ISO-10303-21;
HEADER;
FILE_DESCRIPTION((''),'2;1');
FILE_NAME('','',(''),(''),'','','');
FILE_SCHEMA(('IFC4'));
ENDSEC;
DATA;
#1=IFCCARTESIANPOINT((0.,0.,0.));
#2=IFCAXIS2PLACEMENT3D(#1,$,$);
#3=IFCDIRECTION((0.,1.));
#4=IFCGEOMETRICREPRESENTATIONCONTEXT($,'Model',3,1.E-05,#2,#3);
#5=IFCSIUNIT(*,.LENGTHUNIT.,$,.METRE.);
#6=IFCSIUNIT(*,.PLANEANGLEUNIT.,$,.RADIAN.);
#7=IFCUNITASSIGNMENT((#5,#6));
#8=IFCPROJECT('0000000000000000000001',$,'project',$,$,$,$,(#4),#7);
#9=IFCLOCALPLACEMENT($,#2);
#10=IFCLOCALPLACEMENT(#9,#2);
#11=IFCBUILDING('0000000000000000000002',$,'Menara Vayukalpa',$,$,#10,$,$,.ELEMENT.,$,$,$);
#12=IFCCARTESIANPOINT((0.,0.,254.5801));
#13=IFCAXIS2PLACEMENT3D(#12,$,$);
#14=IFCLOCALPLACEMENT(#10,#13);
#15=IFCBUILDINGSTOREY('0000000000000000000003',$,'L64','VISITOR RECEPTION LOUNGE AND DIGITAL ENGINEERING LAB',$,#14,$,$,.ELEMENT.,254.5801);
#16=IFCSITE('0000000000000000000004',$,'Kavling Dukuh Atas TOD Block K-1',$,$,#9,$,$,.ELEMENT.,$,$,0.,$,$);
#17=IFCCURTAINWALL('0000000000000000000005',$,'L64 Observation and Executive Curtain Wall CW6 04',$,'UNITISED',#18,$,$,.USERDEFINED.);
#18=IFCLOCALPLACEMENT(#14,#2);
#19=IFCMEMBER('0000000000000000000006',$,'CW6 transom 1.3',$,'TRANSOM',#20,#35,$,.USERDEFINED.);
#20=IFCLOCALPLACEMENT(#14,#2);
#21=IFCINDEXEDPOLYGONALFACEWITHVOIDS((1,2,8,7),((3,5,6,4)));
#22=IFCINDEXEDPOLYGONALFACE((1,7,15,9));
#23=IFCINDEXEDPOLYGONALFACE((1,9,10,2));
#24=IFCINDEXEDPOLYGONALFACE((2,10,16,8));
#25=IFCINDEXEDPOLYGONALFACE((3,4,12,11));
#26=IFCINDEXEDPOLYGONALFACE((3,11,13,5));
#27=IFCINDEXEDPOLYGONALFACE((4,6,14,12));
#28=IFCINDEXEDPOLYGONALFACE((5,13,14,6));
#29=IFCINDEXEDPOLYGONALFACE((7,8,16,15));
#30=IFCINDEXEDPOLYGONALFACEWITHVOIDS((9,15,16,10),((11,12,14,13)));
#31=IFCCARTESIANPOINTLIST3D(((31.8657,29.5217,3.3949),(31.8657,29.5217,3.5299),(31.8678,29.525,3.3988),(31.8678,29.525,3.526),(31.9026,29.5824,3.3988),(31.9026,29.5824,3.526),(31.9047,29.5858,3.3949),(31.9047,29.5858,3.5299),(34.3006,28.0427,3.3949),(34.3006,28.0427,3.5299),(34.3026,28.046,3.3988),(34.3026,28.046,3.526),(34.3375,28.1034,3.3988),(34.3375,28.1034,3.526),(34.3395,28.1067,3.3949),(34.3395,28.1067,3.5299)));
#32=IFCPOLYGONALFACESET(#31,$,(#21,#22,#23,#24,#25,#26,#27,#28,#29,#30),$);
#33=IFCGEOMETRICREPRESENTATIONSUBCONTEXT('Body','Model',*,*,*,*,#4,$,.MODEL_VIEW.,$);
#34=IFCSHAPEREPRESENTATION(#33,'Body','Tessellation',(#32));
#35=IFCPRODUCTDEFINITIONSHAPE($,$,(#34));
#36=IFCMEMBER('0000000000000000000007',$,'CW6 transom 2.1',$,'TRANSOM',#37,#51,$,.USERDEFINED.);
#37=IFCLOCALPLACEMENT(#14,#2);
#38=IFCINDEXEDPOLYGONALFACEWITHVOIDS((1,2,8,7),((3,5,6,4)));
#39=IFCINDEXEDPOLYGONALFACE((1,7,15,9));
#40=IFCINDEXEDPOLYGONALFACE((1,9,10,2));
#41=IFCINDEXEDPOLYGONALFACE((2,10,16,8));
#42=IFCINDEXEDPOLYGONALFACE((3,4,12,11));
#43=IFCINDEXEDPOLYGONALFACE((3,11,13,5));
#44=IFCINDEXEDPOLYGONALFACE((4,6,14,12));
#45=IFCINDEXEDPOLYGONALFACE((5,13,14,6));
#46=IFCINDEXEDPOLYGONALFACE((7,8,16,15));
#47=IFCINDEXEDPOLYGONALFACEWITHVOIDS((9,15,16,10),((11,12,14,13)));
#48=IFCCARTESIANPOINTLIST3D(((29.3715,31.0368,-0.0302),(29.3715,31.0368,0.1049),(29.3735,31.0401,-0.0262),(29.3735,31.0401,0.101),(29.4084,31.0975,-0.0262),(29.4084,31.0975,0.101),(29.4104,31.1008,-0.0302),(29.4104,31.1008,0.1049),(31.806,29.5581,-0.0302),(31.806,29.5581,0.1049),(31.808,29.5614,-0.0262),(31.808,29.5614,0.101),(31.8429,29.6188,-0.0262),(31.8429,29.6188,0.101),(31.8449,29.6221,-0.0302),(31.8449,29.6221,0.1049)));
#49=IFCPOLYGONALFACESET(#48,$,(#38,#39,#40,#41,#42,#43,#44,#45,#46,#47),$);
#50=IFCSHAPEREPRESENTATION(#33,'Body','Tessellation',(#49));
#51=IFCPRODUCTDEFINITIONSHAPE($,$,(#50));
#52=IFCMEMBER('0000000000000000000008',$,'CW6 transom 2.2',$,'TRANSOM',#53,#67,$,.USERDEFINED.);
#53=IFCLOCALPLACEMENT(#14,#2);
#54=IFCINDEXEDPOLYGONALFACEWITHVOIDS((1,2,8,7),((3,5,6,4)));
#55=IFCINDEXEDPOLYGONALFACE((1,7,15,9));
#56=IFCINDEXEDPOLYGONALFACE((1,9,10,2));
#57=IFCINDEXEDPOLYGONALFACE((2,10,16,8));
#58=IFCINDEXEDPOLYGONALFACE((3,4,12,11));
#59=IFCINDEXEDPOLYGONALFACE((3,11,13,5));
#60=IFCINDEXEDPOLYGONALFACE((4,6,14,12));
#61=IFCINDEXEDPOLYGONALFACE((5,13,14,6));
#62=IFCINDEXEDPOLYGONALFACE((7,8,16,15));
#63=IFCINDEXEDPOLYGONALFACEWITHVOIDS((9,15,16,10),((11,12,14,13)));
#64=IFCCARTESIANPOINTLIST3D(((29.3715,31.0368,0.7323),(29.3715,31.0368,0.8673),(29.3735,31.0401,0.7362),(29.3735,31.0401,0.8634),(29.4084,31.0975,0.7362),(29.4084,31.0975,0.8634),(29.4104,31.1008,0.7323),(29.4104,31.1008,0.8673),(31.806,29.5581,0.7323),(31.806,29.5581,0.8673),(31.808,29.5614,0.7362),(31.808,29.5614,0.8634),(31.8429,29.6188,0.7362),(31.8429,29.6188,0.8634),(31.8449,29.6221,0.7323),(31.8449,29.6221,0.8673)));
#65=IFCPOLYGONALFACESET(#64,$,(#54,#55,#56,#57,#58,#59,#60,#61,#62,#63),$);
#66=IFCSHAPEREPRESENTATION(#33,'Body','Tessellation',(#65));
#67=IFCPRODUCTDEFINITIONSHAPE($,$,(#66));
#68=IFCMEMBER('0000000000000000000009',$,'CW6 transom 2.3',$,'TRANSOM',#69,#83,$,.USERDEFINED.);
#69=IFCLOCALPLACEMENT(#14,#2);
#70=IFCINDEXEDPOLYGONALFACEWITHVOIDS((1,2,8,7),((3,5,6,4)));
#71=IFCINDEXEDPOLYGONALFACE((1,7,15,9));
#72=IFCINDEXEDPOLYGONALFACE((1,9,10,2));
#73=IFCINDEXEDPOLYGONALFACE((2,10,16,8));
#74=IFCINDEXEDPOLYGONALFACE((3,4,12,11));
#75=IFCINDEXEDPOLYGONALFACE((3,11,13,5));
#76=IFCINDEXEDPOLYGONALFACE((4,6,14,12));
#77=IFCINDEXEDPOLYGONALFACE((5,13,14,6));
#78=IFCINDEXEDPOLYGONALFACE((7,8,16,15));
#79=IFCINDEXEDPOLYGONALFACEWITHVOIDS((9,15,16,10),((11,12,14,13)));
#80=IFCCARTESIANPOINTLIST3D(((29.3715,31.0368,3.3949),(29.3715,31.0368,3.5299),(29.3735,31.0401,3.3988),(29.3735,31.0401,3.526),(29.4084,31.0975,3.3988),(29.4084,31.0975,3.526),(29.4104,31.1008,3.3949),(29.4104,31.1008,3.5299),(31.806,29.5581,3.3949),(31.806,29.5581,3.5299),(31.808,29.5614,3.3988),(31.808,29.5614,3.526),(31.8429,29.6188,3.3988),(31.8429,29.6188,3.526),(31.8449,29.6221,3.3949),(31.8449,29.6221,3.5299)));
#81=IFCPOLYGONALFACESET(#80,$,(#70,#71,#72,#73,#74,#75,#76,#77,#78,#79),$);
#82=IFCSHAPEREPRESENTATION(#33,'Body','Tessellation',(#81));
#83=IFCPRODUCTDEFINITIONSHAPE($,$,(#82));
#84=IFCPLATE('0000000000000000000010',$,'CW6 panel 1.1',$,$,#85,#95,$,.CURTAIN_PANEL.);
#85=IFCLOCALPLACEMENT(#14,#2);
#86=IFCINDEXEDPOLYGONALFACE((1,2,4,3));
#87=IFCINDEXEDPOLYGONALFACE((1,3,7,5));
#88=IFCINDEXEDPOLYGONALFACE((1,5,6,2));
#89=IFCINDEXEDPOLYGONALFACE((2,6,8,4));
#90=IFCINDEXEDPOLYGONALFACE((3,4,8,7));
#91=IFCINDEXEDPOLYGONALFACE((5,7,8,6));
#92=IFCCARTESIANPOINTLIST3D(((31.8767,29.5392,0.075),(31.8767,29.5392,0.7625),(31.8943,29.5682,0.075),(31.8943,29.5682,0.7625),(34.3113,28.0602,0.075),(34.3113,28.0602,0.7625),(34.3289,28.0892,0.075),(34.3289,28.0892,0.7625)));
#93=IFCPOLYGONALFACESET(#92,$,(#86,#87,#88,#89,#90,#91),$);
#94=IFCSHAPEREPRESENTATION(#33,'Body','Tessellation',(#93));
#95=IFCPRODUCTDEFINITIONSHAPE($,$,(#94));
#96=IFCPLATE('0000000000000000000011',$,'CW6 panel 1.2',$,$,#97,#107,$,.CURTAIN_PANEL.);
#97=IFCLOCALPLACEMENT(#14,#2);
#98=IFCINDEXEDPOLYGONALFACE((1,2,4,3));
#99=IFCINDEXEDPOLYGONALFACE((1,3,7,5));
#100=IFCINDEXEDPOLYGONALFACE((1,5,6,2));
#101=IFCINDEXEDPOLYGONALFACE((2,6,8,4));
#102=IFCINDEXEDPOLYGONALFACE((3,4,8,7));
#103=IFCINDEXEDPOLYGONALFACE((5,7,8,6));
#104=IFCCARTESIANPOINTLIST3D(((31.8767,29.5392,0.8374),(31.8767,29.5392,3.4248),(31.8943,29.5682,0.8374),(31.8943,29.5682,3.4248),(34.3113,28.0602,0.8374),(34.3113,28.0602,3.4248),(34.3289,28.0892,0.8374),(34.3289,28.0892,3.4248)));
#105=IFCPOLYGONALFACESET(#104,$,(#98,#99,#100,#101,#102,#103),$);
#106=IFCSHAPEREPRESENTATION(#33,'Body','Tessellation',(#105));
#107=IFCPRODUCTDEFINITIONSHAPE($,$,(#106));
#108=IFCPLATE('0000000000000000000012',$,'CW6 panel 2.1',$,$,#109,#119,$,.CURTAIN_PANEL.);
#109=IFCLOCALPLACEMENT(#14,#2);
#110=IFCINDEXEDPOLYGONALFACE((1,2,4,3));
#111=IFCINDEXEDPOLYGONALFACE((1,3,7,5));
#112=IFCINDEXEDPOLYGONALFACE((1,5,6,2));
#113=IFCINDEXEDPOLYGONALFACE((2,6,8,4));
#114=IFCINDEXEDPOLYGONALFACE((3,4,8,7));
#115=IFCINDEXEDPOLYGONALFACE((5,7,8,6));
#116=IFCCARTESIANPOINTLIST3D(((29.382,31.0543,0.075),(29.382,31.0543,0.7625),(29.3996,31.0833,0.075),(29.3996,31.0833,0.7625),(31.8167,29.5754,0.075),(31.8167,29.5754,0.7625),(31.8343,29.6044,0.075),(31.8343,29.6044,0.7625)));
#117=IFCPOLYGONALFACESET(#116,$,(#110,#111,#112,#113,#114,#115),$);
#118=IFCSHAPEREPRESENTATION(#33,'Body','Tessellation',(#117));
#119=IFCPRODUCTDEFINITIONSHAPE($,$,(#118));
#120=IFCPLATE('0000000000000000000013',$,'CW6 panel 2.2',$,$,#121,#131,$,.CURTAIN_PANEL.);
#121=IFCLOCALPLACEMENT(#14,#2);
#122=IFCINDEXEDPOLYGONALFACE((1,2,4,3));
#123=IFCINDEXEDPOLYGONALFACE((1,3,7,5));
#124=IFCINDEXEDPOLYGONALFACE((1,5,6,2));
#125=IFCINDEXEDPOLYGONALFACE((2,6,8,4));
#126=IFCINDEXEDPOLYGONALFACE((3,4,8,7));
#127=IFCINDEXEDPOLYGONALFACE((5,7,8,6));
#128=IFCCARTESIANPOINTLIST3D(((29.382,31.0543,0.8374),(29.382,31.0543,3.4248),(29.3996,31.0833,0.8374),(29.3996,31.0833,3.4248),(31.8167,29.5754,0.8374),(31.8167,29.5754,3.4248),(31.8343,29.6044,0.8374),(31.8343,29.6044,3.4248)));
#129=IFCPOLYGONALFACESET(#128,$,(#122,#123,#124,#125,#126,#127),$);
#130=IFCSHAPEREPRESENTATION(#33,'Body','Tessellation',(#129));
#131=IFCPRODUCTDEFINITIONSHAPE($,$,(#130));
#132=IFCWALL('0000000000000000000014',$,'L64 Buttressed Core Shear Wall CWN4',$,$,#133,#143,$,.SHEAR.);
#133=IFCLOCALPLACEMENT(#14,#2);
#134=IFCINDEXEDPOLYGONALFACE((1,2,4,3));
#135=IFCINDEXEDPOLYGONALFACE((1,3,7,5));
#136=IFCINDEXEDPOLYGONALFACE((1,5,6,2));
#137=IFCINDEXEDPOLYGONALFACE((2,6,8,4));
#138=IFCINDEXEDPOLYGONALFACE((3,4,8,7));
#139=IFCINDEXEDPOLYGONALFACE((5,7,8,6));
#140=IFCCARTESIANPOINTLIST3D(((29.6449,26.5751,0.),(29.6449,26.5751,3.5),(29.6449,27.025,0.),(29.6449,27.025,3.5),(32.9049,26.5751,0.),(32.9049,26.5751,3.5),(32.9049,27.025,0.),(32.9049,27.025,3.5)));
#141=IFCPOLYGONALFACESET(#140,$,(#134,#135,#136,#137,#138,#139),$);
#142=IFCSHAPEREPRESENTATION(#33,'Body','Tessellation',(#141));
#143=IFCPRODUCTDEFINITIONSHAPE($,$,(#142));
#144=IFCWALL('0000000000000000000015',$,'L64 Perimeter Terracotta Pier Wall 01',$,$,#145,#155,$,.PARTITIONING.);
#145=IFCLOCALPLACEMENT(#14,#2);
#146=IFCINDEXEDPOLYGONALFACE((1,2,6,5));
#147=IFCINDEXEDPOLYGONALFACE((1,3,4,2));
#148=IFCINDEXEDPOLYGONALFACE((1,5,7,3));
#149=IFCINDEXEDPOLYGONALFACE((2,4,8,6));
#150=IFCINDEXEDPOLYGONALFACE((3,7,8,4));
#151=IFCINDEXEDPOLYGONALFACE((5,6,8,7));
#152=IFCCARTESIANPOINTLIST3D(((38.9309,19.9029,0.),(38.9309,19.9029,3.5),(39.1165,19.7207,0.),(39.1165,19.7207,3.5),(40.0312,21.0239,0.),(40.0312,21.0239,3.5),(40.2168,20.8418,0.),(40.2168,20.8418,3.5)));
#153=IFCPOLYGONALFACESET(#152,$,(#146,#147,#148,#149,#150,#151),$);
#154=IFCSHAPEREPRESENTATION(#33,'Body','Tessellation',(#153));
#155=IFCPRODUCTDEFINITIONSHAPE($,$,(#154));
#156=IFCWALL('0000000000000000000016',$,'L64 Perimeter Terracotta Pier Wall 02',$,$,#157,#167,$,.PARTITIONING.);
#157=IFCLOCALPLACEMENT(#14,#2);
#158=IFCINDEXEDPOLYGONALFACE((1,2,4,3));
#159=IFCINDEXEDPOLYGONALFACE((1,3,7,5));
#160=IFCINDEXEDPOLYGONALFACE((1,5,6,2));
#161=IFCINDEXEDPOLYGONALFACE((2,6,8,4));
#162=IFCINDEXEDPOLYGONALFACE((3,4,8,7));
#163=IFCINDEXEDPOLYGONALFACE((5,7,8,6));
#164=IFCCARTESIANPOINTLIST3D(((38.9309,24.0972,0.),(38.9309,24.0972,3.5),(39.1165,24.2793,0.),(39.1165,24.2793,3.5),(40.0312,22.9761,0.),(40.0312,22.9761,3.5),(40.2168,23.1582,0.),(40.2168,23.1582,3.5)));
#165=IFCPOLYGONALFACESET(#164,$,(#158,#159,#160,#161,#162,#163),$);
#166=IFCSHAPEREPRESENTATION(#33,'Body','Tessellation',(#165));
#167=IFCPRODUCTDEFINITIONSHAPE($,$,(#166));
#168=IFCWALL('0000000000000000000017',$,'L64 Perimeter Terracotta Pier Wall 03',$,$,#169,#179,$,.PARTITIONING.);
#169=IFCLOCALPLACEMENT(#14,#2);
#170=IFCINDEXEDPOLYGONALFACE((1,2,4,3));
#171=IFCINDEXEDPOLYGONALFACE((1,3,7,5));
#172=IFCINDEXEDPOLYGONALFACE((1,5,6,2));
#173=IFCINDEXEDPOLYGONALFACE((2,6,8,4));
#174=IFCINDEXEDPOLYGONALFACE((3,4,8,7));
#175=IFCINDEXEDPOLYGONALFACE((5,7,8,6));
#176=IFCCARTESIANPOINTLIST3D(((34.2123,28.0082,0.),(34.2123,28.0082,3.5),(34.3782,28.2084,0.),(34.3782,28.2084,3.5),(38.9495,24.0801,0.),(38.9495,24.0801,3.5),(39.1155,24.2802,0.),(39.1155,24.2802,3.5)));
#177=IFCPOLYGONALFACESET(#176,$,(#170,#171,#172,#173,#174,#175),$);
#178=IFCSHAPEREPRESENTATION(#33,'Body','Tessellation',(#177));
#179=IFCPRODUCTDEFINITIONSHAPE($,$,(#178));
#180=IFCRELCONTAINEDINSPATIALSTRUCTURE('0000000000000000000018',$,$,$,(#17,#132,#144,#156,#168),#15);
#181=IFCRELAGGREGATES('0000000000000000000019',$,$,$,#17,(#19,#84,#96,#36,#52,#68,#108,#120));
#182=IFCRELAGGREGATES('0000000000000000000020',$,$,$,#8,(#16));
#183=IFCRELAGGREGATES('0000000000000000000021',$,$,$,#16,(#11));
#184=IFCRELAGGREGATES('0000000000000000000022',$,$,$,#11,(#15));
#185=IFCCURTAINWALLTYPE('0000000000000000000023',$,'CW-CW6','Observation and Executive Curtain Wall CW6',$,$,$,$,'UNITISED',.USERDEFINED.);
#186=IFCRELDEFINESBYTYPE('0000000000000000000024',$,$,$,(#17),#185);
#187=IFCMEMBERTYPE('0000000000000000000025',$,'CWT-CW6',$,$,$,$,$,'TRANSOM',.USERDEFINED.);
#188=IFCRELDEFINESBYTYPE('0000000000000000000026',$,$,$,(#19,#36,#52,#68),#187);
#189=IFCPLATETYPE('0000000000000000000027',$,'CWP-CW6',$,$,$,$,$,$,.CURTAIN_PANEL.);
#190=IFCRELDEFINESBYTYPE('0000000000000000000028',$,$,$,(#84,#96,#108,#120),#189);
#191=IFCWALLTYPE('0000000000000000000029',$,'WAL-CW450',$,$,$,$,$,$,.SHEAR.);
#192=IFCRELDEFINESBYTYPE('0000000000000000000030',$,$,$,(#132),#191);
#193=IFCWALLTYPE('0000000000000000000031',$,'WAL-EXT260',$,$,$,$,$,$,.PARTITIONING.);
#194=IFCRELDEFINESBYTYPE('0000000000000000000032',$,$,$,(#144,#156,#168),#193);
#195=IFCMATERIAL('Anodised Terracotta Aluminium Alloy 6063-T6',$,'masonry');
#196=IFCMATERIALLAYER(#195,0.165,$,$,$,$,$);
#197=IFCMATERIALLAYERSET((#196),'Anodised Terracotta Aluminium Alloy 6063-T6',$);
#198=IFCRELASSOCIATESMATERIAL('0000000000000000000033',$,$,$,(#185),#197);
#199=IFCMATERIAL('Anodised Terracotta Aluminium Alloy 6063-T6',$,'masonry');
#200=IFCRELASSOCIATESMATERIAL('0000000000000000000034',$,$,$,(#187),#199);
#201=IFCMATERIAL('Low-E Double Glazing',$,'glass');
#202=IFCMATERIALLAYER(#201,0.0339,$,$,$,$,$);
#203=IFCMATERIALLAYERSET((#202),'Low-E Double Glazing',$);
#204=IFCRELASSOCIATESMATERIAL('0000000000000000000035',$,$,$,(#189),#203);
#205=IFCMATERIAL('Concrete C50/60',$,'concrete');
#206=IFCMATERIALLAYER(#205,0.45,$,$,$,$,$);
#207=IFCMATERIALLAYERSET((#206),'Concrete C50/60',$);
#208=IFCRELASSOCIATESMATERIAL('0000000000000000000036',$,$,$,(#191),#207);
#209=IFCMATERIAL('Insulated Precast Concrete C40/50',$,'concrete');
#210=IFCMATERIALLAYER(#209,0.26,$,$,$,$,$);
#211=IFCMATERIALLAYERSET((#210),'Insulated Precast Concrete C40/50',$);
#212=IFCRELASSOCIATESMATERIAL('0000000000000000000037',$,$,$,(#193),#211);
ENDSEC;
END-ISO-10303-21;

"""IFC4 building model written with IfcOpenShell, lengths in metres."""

from ifc_helpers import new_model, si_unit, direction, frame, frame_2d, origin, origin_2d, place, context, subcontext, project, spatial, rectangle, hollow_rectangle, extrude, material, layer, layer_set, material_profile, profile_set, type_object, element, aggregate, save


model = new_model("IFC4")

# Units and contexts
model_context = context("Model", 3, precision=1e-05, world=origin(), true_north=direction((0.0, 1.0)))
body_context = subcontext(model_context, "Body", "Model", "MODEL_VIEW")
ifc_project = project(units=[si_unit("LENGTHUNIT", "METRE"), si_unit("PLANEANGLEUNIT", "RADIAN")], contexts=[model_context])

# Site, building, storey
site_placement = place(None, origin())
site = spatial("IfcSite", under=ifc_project, at=site_placement, Name="Kavling Dukuh Atas TOD Block K-1", CompositionType="ELEMENT", RefElevation=0.0)
building_placement = place(site_placement, origin())
building = spatial("IfcBuilding", under=site, at=building_placement, Name="Menara Vayukalpa", CompositionType="ELEMENT")
storey_placement = place(building_placement, frame((0.0, 0.0, 254.5801)))
storey = spatial("IfcBuildingStorey", under=building, at=storey_placement, Name="L64", Description="VISITOR RECEPTION LOUNGE AND DIGITAL ENGINEERING LAB", CompositionType="ELEMENT", Elevation=254.5801)

# Curtain wall
ifc_material_1 = material(Name="Anodised Terracotta Aluminium Alloy 6063-T6", Category="masonry")
ifc_layer_1 = layer(ifc_material_1, 0.165)
ifc_layer_set_1 = layer_set([ifc_layer_1], Name="Anodised Terracotta Aluminium Alloy 6063-T6")
curtain_wall_type = type_object("IfcCurtainWallType", Name="CW-CW6", Description="Observation and Executive Curtain Wall CW6", ElementType="UNITISED", PredefinedType="USERDEFINED", material=ifc_layer_set_1)
curtain_wall_1_placement = place(storey_placement, origin())
curtain_wall_1 = element("IfcCurtainWall", 1, at=curtain_wall_1_placement, inside=storey, type_object=curtain_wall_type, Name="L64 Observation and Executive Curtain Wall CW6 04", ObjectType="UNITISED", PredefinedType="USERDEFINED")

# Members
ifc_material_2 = material(Name="Anodised Terracotta Aluminium Alloy 6063-T6", Category="masonry")
ifc_material_profile_1 = material_profile(ifc_material_2, hollow_rectangle(XDim=0.075, YDim=0.135, WallThickness=0.0039, at=origin_2d()), Name="ALU 75x135x4")
ifc_profile_set_1 = profile_set([ifc_material_profile_1], Name="Anodised Terracotta Aluminium Alloy 6063-T6")
member_type_1 = type_object("IfcMemberType", Name="CWT-CW6", ElementType="TRANSOM", PredefinedType="USERDEFINED", material=ifc_profile_set_1)
member_1_placement = place(storey_placement, frame((34.3201, 28.0747, 3.4624), z_axis=(-0.854675, 0.519164, 0.0), x_axis=(-0.519164, -0.854675, 0.0)))
member_1 = element("IfcMember", 2, at=member_1_placement, type_object=member_type_1, Name="CW6 transom 1.3", ObjectType="TRANSOM", PredefinedType="USERDEFINED", context=body_context, shape_type="SweptSolid", body=[
    extrude(hollow_rectangle(XDim=0.075, YDim=0.135, WallThickness=0.0039, at=origin_2d()), origin(), (0.0, 0.0, 1.0), 2.8489),
])
member_2_placement = place(storey_placement, frame((31.8254, 29.5901, 0.0374), z_axis=(-0.85469, 0.519139, 0.0), x_axis=(-0.519139, -0.85469, 0.0)))
member_2 = element("IfcMember", 3, at=member_2_placement, type_object=member_type_1, Name="CW6 transom 2.1", ObjectType="TRANSOM", PredefinedType="USERDEFINED", context=body_context, shape_type="SweptSolid", body=[
    extrude(hollow_rectangle(XDim=0.075, YDim=0.135, WallThickness=0.0039, at=origin_2d()), origin(), (0.0, 0.0, 1.0), 2.8484),
])
member_3_placement = place(storey_placement, frame((31.8254, 29.5901, 0.7998), z_axis=(-0.85469, 0.519139, 0.0), x_axis=(-0.519139, -0.85469, 0.0)))
member_3 = element("IfcMember", 4, at=member_3_placement, type_object=member_type_1, Name="CW6 transom 2.2", ObjectType="TRANSOM", PredefinedType="USERDEFINED", context=body_context, shape_type="SweptSolid", body=[
    extrude(hollow_rectangle(XDim=0.075, YDim=0.135, WallThickness=0.0039, at=origin_2d()), origin(), (0.0, 0.0, 1.0), 2.8484),
])
member_4_placement = place(storey_placement, frame((31.8254, 29.5901, 3.4624), z_axis=(-0.85469, 0.519139, 0.0), x_axis=(-0.519139, -0.85469, 0.0)))
member_4 = element("IfcMember", 5, at=member_4_placement, type_object=member_type_1, Name="CW6 transom 2.3", ObjectType="TRANSOM", PredefinedType="USERDEFINED", context=body_context, shape_type="SweptSolid", body=[
    extrude(hollow_rectangle(XDim=0.075, YDim=0.135, WallThickness=0.0039, at=origin_2d()), origin(), (0.0, 0.0, 1.0), 2.8484),
])

# Plates
ifc_material_3 = material(Name="Low-E Double Glazing", Category="glass")
ifc_layer_2 = layer(ifc_material_3, 0.0339)
ifc_layer_set_2 = layer_set([ifc_layer_2], Name="Low-E Double Glazing")
plate_type = type_object("IfcPlateType", Name="CWP-CW6", PredefinedType="CURTAIN_PANEL", material=ifc_layer_set_2)
plate_1_placement = place(storey_placement, frame((33.1028, 28.8142, 0.075), z_axis=(0.0, 0.0, 1.0), x_axis=(-0.854668, 0.519176, 0.0)))
plate_1 = element("IfcPlate", 6, at=plate_1_placement, type_object=plate_type, Name="CW6 panel 1.1", PredefinedType="CURTAIN_PANEL", context=body_context, shape_type="SweptSolid", body=[
    extrude(rectangle(XDim=2.8486, YDim=0.0339, at=origin_2d()), origin(), (0.0, 0.0, 1.0), 0.6875),
])
plate_2_placement = place(storey_placement, frame((33.1028, 28.8142, 0.8374), z_axis=(0.0, 0.0, 1.0), x_axis=(-0.854668, 0.519176, 0.0)))
plate_2 = element("IfcPlate", 7, at=plate_2_placement, type_object=plate_type, Name="CW6 panel 1.2", PredefinedType="CURTAIN_PANEL", context=body_context, shape_type="SweptSolid", body=[
    extrude(rectangle(XDim=2.8486, YDim=0.0339, at=origin_2d()), origin(), (0.0, 0.0, 1.0), 2.5874),
])
plate_3_placement = place(storey_placement, frame((30.6082, 30.3293, 0.075), z_axis=(0.0, 0.0, 1.0), x_axis=(-0.854668, 0.519176, 0.0)))
plate_3 = element("IfcPlate", 8, at=plate_3_placement, type_object=plate_type, Name="CW6 panel 2.1", PredefinedType="CURTAIN_PANEL", context=body_context, shape_type="SweptSolid", body=[
    extrude(rectangle(XDim=2.8486, YDim=0.0339, at=origin_2d()), origin(), (0.0, 0.0, 1.0), 0.6875),
])
plate_4_placement = place(storey_placement, frame((30.6082, 30.3293, 0.8374), z_axis=(0.0, 0.0, 1.0), x_axis=(-0.854668, 0.519176, 0.0)))
plate_4 = element("IfcPlate", 9, at=plate_4_placement, type_object=plate_type, Name="CW6 panel 2.2", PredefinedType="CURTAIN_PANEL", context=body_context, shape_type="SweptSolid", body=[
    extrude(rectangle(XDim=2.8486, YDim=0.0339, at=origin_2d()), origin(), (0.0, 0.0, 1.0), 2.5874),
])
aggregate(curtain_wall_1, [member_1, plate_1, plate_2, member_2, member_3, member_4, plate_3, plate_4])

# Walls
ifc_material_4 = material(Name="Concrete C50/60", Category="concrete")
ifc_layer_3 = layer(ifc_material_4, 0.45)
ifc_layer_set_3 = layer_set([ifc_layer_3], Name="Concrete C50/60")
wall_type_1 = type_object("IfcWallType", Name="WAL-CW450", PredefinedType="SHEAR", material=ifc_layer_set_3)
wall_1_placement = place(storey_placement, frame((29.645, 26.8, 0.0), z_axis=(0.0, 0.0, 1.0), x_axis=(1.0, 0.0, 0.0)))
element("IfcWall", 10, at=wall_1_placement, inside=storey, type_object=wall_type_1, Name="L64 Buttressed Core Shear Wall CWN4", PredefinedType="SHEAR", context=body_context, shape_type="SweptSolid", body=[
    extrude(rectangle(XDim=3.26, YDim=0.45, at=frame_2d((1.6299, 0.0))), origin(), (0.0, 0.0, 1.0), 3.5),
])
ifc_material_5 = material(Name="Insulated Precast Concrete C40/50", Category="concrete")
ifc_layer_4 = layer(ifc_material_5, 0.26)
ifc_layer_set_4 = layer_set([ifc_layer_4], Name="Insulated Precast Concrete C40/50")
wall_type_2 = type_object("IfcWallType", Name="WAL-EXT260", PredefinedType="PARTITIONING", material=ifc_layer_set_4)
for number, where, z_axis, x_axis, name in (
    (11, (40.124, 20.9329, 0.0), (0.0, 0.0, 1.0), (-0.700471, -0.713681, 0.0), "L64 Perimeter Terracotta Pier Wall 01"),
    (12, (39.0237, 24.1882, 0.0), (0.0, 0.0, 1.0), (0.700471, -0.713681, 0.0), "L64 Perimeter Terracotta Pier Wall 02"),
):
    element("IfcWall", number, at=place(storey_placement, frame(where, z_axis=z_axis, x_axis=x_axis)), inside=storey, type_object=wall_type_2, Name=name, PredefinedType="PARTITIONING", context=body_context, shape_type="SweptSolid", body=[
        extrude(rectangle(XDim=1.5708, YDim=0.26, at=frame_2d((0.7854, 0.0))), origin(), (0.0, 0.0, 1.0), 3.5),
    ])
wall_2_placement = place(storey_placement, frame((34.2952, 28.1084, 0.0), z_axis=(0.0, 0.0, 1.0), x_axis=(0.76978, -0.638309, 0.0)))
element("IfcWall", 13, at=wall_2_placement, inside=storey, type_object=wall_type_2, Name="L64 Perimeter Terracotta Pier Wall 03", PredefinedType="PARTITIONING", context=body_context, shape_type="SweptSolid", body=[
    extrude(rectangle(XDim=6.1541, YDim=0.26, at=frame_2d((3.0771, 0.0))), origin(), (0.0, 0.0, 1.0), 3.5),
])

save(model, "model.ifc")
